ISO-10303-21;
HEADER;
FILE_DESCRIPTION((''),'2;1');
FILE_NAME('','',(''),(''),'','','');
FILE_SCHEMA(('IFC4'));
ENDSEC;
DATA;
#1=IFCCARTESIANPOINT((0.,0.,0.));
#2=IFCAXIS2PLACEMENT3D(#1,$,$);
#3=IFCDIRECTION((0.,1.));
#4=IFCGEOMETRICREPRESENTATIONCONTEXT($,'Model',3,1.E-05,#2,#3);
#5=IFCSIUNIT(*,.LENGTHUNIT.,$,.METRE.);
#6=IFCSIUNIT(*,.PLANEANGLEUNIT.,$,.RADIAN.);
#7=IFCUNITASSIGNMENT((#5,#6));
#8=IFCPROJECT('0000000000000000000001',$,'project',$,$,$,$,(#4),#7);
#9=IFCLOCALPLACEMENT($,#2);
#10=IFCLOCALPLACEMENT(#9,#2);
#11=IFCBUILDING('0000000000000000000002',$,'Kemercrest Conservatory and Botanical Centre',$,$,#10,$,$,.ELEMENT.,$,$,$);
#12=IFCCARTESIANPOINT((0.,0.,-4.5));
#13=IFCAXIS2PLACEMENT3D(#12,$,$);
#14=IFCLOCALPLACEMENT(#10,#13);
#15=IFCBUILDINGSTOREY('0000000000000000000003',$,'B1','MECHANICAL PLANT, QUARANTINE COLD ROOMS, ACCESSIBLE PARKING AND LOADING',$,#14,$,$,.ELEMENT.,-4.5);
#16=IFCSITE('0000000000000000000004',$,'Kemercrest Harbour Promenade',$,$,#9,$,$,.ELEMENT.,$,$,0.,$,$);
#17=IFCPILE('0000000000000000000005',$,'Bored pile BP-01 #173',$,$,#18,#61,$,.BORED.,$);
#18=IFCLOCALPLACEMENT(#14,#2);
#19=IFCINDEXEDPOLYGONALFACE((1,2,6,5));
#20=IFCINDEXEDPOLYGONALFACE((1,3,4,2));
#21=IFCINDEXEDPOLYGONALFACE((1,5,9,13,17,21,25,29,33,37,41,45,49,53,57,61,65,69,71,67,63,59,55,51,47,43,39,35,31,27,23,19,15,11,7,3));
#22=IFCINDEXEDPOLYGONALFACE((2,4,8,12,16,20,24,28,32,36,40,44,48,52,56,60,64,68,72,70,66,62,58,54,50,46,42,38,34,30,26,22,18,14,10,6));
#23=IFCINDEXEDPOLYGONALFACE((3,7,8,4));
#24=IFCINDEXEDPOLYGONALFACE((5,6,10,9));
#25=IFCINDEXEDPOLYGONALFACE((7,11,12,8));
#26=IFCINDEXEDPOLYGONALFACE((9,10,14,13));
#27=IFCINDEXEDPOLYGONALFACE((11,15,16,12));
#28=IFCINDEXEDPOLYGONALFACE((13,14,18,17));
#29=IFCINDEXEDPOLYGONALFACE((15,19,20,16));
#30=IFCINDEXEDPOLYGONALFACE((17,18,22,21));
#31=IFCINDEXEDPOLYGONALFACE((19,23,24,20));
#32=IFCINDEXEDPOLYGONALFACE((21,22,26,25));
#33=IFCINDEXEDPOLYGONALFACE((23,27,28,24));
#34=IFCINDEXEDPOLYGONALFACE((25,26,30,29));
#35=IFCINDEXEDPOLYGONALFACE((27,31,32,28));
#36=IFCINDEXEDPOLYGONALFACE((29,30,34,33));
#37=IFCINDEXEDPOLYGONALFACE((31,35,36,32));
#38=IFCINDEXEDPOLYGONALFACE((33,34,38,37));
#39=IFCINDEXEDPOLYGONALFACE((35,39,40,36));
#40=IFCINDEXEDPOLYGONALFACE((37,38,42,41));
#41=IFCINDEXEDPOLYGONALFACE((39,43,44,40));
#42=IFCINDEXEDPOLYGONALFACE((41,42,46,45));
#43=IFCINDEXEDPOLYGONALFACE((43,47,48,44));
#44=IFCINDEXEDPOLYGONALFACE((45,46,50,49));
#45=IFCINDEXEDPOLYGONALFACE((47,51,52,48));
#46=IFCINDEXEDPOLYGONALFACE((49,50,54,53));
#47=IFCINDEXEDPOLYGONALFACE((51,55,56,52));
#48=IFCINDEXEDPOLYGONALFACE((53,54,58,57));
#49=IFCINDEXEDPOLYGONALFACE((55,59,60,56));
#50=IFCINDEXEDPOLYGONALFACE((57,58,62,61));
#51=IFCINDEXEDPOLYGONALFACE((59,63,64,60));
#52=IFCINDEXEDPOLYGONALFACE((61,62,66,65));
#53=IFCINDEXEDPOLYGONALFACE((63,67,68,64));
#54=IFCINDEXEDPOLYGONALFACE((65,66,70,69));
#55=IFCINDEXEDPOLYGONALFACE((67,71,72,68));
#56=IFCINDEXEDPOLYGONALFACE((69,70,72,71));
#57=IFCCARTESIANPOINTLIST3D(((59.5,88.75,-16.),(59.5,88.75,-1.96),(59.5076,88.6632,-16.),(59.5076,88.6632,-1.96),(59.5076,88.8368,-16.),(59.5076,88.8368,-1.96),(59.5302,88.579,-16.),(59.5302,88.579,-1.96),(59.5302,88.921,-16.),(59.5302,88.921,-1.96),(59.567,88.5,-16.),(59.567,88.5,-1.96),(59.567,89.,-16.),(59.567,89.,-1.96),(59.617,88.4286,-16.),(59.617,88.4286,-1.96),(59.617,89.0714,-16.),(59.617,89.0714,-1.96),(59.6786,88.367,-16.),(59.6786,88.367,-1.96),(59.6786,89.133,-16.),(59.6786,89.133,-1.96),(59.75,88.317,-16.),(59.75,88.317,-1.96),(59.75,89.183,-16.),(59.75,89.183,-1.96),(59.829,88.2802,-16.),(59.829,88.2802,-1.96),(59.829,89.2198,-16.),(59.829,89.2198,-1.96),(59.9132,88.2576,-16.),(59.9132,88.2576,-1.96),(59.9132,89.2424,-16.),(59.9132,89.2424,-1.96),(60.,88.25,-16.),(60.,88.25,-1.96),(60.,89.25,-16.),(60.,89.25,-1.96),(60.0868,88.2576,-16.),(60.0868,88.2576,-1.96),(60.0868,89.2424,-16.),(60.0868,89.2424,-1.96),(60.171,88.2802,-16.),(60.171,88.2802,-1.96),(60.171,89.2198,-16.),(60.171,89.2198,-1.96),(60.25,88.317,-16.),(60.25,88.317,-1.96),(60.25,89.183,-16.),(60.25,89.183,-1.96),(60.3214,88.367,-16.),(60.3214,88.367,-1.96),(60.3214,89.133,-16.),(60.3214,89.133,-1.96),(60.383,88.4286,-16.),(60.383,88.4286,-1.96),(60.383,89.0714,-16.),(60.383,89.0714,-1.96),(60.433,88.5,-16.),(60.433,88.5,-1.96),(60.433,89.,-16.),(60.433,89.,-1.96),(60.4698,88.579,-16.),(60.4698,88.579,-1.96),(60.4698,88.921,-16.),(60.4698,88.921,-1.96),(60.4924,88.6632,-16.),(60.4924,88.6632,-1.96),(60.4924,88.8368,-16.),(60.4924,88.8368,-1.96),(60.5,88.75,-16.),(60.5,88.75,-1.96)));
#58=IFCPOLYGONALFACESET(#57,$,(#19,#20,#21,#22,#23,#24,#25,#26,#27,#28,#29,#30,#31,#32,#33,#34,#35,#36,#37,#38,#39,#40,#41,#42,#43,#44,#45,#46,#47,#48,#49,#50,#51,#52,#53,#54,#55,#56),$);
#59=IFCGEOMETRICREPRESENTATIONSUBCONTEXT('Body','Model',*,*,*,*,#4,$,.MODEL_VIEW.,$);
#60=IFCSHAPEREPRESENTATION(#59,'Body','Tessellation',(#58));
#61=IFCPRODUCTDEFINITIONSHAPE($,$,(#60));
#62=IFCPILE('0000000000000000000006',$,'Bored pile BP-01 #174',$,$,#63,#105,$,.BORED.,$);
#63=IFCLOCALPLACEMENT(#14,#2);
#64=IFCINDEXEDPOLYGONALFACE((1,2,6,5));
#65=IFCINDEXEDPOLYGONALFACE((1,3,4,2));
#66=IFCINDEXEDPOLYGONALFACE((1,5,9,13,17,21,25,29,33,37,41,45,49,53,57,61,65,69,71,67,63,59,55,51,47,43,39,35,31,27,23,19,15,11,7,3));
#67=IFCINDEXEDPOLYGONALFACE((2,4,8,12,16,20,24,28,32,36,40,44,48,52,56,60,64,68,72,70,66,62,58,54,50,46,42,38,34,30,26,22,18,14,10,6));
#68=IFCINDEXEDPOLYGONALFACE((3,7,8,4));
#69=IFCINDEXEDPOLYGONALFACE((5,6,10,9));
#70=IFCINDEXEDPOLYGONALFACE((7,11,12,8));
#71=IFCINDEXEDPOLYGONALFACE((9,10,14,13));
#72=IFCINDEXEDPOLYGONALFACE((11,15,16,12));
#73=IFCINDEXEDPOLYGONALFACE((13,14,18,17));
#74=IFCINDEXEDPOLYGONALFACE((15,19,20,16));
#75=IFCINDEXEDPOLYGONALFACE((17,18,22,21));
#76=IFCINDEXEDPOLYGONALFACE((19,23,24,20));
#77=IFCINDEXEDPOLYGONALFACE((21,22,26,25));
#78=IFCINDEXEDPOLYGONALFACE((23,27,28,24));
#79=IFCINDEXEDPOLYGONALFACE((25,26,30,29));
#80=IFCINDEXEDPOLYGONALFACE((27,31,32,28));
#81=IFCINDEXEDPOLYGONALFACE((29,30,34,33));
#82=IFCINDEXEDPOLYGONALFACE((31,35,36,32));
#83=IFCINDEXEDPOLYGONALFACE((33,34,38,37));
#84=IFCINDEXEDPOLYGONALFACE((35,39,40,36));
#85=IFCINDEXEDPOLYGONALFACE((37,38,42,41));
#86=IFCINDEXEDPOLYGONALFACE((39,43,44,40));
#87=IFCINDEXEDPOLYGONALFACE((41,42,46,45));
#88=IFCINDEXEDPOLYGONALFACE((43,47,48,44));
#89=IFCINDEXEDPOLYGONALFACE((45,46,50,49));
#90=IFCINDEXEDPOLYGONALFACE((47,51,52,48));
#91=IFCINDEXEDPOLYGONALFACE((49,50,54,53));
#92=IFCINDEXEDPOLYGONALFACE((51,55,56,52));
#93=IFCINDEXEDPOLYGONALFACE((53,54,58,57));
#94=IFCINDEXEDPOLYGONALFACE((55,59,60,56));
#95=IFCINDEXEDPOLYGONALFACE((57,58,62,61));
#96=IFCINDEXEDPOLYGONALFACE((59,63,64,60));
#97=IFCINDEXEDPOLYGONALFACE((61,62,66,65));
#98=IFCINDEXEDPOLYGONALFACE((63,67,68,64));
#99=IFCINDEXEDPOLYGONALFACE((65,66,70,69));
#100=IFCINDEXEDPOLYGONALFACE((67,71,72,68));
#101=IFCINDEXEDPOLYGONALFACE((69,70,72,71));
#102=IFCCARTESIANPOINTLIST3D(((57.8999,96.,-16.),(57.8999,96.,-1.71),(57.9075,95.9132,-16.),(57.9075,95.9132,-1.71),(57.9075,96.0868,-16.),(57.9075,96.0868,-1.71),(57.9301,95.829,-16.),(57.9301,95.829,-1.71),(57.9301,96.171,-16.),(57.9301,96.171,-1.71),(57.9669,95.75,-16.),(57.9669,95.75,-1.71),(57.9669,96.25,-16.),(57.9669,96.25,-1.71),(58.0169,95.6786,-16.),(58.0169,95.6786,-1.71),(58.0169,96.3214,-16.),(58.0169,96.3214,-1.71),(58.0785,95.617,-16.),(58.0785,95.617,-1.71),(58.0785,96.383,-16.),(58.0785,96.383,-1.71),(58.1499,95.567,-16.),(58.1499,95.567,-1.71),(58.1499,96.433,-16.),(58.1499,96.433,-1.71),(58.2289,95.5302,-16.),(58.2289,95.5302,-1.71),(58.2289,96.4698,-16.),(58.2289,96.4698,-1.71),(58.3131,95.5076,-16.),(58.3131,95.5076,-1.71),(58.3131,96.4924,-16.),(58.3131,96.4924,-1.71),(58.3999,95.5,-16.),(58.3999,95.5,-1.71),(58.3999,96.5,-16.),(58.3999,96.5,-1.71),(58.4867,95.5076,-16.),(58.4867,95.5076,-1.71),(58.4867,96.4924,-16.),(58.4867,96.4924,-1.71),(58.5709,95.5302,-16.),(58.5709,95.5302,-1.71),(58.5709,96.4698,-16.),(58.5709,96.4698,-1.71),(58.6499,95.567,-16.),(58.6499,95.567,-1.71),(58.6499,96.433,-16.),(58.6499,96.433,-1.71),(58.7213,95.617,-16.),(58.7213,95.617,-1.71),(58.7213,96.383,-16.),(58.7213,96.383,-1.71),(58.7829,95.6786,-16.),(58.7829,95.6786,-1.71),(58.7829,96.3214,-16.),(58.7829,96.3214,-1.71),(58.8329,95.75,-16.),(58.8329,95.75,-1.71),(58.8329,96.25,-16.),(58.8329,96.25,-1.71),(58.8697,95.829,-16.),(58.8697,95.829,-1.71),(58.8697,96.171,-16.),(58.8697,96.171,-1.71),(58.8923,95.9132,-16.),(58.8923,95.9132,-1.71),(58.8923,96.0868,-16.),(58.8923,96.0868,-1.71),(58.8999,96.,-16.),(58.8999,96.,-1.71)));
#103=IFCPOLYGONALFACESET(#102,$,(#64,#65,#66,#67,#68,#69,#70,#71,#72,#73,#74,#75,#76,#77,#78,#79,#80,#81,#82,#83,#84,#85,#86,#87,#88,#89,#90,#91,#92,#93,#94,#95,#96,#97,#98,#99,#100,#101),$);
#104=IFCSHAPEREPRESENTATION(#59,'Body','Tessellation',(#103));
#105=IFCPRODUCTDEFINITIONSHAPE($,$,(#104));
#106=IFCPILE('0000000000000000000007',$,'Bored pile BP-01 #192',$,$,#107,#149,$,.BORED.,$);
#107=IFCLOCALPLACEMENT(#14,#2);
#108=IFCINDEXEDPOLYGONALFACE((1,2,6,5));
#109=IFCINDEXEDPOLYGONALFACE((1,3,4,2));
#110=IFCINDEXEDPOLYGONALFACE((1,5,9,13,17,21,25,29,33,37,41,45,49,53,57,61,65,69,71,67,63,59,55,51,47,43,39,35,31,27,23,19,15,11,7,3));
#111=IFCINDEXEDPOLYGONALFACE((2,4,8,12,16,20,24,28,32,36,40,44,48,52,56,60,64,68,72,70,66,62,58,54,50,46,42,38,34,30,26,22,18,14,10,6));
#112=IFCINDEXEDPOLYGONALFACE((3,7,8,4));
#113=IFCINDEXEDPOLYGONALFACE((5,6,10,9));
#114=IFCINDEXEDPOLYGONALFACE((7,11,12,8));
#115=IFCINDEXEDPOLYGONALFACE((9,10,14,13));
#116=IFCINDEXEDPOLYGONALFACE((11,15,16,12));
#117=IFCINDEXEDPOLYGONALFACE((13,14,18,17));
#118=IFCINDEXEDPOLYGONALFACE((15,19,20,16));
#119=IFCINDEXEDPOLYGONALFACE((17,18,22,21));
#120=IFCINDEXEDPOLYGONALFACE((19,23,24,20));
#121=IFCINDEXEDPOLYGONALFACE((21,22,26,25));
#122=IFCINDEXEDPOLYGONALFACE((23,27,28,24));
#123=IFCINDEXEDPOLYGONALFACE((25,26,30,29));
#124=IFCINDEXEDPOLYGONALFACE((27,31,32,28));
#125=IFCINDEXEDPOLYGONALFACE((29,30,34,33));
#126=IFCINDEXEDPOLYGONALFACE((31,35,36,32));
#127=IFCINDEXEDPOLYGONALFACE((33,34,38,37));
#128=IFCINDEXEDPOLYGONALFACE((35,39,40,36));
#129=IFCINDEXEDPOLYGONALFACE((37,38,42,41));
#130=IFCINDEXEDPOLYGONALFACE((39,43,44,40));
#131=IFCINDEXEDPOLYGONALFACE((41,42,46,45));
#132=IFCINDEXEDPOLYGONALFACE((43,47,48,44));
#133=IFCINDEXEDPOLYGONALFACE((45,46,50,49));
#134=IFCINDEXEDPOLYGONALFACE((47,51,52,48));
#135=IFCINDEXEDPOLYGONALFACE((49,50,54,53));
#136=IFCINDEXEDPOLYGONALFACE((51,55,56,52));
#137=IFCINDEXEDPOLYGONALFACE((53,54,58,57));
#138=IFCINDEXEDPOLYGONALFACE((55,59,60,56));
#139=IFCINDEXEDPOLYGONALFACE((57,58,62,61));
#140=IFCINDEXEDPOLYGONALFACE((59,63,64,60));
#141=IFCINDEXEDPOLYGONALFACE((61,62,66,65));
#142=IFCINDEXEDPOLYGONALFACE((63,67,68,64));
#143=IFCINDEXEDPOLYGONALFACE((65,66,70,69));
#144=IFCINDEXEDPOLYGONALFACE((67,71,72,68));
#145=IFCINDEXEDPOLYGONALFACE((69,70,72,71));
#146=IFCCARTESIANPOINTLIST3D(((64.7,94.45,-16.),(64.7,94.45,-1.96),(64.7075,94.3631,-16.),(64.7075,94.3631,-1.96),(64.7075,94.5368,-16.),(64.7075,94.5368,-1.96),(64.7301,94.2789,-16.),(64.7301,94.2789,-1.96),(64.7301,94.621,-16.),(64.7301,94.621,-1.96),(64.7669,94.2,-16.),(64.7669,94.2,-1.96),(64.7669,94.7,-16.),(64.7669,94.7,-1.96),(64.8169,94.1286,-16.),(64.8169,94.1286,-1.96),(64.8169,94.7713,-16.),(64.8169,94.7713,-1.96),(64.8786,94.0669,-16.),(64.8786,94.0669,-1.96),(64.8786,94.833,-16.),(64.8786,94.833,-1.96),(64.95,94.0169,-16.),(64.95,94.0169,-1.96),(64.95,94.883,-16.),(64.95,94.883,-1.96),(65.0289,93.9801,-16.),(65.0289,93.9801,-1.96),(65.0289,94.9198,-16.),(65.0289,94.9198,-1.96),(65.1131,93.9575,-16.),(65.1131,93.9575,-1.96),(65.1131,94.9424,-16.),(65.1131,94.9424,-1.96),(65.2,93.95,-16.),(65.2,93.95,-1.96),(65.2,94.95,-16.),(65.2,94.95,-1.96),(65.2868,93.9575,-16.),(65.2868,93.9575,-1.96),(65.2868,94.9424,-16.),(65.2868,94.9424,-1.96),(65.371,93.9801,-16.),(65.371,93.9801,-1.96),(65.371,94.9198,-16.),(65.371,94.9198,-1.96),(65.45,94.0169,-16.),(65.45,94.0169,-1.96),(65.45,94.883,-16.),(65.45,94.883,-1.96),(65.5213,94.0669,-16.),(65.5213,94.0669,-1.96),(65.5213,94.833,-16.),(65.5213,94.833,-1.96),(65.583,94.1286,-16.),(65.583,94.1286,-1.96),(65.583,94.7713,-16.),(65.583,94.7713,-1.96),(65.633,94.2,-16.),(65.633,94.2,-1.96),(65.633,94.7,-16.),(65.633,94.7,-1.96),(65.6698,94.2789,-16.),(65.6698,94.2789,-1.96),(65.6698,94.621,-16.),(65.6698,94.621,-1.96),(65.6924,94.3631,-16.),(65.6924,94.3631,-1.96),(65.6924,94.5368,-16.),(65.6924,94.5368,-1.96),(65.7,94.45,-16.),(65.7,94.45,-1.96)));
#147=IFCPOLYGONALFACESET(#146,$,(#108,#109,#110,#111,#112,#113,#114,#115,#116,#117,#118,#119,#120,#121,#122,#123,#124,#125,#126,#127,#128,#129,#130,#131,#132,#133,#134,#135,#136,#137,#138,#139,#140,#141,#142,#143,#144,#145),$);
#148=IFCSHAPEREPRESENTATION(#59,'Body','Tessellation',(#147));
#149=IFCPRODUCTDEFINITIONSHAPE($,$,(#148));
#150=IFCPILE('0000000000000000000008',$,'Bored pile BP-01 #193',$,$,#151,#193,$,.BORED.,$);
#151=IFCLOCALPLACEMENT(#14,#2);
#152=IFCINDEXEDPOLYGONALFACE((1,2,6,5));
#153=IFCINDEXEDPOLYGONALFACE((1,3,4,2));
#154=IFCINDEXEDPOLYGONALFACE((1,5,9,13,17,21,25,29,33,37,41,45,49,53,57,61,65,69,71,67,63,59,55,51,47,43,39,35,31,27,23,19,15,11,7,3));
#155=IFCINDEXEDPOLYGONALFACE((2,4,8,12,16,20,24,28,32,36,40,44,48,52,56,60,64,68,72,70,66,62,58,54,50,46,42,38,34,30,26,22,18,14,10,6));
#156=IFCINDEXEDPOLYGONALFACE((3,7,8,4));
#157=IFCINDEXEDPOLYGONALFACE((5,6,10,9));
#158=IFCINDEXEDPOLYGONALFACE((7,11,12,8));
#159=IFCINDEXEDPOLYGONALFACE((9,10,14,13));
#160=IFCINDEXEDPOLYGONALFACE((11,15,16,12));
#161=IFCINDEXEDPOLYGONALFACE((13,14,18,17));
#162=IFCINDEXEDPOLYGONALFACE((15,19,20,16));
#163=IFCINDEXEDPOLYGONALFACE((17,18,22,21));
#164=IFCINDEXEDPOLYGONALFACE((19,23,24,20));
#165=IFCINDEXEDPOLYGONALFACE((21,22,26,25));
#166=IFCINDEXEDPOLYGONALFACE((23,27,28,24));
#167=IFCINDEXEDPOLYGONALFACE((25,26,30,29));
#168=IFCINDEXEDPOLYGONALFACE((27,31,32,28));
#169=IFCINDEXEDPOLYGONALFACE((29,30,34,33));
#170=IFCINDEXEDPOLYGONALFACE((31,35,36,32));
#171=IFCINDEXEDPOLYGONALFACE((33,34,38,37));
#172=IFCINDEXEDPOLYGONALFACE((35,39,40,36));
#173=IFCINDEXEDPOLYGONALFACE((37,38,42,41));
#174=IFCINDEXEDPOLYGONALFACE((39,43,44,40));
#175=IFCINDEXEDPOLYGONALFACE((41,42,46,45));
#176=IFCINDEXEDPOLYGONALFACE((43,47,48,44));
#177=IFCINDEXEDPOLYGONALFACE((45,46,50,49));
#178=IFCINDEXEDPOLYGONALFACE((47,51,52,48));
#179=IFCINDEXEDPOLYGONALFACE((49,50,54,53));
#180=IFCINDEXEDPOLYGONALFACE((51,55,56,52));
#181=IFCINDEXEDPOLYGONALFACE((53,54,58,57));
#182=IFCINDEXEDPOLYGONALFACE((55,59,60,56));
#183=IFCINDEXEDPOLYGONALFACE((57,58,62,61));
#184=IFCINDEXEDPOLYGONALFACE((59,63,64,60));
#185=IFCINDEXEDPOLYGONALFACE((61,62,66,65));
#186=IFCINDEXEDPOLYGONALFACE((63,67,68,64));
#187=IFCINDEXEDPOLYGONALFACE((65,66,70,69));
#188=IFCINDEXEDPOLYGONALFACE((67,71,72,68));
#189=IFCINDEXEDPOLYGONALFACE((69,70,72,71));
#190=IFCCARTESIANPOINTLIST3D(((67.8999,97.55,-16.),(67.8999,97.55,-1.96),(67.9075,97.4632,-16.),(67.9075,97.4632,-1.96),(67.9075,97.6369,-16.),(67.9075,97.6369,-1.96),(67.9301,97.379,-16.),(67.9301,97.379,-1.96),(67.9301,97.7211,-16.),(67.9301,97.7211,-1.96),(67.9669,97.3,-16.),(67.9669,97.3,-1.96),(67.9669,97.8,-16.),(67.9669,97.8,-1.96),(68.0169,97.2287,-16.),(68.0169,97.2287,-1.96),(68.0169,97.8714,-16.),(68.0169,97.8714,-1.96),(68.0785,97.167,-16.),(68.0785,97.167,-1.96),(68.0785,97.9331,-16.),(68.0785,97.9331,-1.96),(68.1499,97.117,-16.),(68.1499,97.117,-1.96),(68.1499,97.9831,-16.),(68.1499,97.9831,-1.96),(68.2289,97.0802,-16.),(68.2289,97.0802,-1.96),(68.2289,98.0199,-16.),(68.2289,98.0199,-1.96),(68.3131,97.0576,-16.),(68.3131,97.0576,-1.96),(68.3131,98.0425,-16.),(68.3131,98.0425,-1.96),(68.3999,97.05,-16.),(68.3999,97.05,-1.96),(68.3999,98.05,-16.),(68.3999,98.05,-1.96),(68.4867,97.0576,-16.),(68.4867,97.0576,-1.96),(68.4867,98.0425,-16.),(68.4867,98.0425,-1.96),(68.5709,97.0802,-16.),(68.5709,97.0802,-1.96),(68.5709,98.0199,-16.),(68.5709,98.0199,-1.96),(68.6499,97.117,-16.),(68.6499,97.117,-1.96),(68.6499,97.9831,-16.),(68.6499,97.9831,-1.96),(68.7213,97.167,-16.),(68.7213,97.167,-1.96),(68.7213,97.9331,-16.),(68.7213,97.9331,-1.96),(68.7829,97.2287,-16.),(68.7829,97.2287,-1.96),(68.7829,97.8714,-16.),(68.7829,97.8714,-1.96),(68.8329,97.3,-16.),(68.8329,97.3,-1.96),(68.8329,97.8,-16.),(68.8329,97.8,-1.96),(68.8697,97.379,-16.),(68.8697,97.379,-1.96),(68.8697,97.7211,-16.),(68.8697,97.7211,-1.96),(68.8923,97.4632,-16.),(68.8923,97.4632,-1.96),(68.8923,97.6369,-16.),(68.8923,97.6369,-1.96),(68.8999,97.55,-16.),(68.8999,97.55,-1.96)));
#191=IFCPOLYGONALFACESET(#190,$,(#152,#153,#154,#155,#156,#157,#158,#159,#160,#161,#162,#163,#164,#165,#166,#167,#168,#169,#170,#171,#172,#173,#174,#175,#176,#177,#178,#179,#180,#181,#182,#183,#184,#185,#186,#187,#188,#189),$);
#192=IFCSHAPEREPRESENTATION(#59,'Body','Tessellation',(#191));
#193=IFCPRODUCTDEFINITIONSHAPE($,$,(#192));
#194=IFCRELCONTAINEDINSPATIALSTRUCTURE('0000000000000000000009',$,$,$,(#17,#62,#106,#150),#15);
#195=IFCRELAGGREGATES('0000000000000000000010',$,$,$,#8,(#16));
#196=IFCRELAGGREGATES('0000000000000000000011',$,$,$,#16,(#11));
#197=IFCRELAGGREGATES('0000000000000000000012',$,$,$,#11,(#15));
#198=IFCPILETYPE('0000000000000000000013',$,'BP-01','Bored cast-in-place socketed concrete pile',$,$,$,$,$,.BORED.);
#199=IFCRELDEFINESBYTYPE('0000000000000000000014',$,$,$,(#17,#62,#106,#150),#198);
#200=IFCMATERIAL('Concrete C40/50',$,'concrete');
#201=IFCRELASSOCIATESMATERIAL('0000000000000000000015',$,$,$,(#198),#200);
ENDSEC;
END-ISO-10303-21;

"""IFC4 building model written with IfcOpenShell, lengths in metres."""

from ifc_helpers import new_model, si_unit, direction, frame, origin, origin_2d, place, context, subcontext, project, spatial, circle, extrude, material, material_profile, profile_set, type_object, element, save


model = new_model("IFC4")

# Units and contexts
model_context = context("Model", 3, precision=1e-05, world=origin(), true_north=direction((0.0, 1.0)))
body_context = subcontext(model_context, "Body", "Model", "MODEL_VIEW")
ifc_project = project(units=[si_unit("LENGTHUNIT", "METRE"), si_unit("PLANEANGLEUNIT", "RADIAN")], contexts=[model_context])

# Site, building, storey
site_placement = place(None, origin())
site = spatial("IfcSite", under=ifc_project, at=site_placement, Name="Kemercrest Harbour Promenade", CompositionType="ELEMENT", RefElevation=0.0)
building_placement = place(site_placement, origin())
building = spatial("IfcBuilding", under=site, at=building_placement, Name="Kemercrest Conservatory and Botanical Centre", CompositionType="ELEMENT")
storey_placement = place(building_placement, frame((0.0, 0.0, -4.5)))
storey = spatial("IfcBuildingStorey", under=building, at=storey_placement, Name="B1", Description="MECHANICAL PLANT, QUARANTINE COLD ROOMS, ACCESSIBLE PARKING AND LOADING", CompositionType="ELEMENT", Elevation=-4.5)

# Piles
ifc_material_1 = material(Name="Concrete C40/50", Category="concrete")
ifc_material_profile_1 = material_profile(ifc_material_1, circle(Radius=0.5, at=origin_2d()), Name="BORED PILE 1000")
ifc_profile_set_1 = profile_set([ifc_material_profile_1], Name="Concrete C40/50")
pile_type_1 = type_object("IfcPileType", Name="BP-01", Description="Bored cast-in-place socketed concrete pile", PredefinedType="BORED", material=ifc_profile_set_1)
pile_1_placement = place(storey_placement, frame((60.0, 88.75, -1.96), z_axis=(0.0, 0.0, -1.0), x_axis=(1.0, 0.0, 0.0)))
element("IfcPile", 1, at=pile_1_placement, inside=storey, type_object=pile_type_1, Name="Bored pile BP-01 #173", PredefinedType="BORED", context=body_context, shape_type="SweptSolid", body=[
    extrude(circle(Radius=0.5, at=origin_2d()), origin(), (0.0, 0.0, 1.0), 14.04),
])
pile_2_placement = place(storey_placement, frame((58.3999, 96.0, -1.71), z_axis=(0.0, 0.0, -1.0), x_axis=(1.0, 0.0, 0.0)))
element("IfcPile", 2, at=pile_2_placement, inside=storey, type_object=pile_type_1, Name="Bored pile BP-01 #174", PredefinedType="BORED", context=body_context, shape_type="SweptSolid", body=[
    extrude(circle(Radius=0.5, at=origin_2d()), origin(), (0.0, 0.0, 1.0), 14.29),
])
for number, where, z_axis, x_axis, name in (
    (3, (65.2, 94.45, -1.96), (0.0, 0.0, -1.0), (1.0, 0.0, 0.0), "Bored pile BP-01 #192"),
    (4, (68.3999, 97.55, -1.96), (0.0, 0.0, -1.0), (1.0, 0.0, 0.0), "Bored pile BP-01 #193"),
):
    element("IfcPile", number, at=place(storey_placement, frame(where, z_axis=z_axis, x_axis=x_axis)), inside=storey, type_object=pile_type_1, Name=name, PredefinedType="BORED", context=body_context, shape_type="SweptSolid", body=[
        extrude(circle(Radius=0.5, at=origin_2d()), origin(), (0.0, 0.0, 1.0), 14.04),
    ])

save(model, "model.ifc")
